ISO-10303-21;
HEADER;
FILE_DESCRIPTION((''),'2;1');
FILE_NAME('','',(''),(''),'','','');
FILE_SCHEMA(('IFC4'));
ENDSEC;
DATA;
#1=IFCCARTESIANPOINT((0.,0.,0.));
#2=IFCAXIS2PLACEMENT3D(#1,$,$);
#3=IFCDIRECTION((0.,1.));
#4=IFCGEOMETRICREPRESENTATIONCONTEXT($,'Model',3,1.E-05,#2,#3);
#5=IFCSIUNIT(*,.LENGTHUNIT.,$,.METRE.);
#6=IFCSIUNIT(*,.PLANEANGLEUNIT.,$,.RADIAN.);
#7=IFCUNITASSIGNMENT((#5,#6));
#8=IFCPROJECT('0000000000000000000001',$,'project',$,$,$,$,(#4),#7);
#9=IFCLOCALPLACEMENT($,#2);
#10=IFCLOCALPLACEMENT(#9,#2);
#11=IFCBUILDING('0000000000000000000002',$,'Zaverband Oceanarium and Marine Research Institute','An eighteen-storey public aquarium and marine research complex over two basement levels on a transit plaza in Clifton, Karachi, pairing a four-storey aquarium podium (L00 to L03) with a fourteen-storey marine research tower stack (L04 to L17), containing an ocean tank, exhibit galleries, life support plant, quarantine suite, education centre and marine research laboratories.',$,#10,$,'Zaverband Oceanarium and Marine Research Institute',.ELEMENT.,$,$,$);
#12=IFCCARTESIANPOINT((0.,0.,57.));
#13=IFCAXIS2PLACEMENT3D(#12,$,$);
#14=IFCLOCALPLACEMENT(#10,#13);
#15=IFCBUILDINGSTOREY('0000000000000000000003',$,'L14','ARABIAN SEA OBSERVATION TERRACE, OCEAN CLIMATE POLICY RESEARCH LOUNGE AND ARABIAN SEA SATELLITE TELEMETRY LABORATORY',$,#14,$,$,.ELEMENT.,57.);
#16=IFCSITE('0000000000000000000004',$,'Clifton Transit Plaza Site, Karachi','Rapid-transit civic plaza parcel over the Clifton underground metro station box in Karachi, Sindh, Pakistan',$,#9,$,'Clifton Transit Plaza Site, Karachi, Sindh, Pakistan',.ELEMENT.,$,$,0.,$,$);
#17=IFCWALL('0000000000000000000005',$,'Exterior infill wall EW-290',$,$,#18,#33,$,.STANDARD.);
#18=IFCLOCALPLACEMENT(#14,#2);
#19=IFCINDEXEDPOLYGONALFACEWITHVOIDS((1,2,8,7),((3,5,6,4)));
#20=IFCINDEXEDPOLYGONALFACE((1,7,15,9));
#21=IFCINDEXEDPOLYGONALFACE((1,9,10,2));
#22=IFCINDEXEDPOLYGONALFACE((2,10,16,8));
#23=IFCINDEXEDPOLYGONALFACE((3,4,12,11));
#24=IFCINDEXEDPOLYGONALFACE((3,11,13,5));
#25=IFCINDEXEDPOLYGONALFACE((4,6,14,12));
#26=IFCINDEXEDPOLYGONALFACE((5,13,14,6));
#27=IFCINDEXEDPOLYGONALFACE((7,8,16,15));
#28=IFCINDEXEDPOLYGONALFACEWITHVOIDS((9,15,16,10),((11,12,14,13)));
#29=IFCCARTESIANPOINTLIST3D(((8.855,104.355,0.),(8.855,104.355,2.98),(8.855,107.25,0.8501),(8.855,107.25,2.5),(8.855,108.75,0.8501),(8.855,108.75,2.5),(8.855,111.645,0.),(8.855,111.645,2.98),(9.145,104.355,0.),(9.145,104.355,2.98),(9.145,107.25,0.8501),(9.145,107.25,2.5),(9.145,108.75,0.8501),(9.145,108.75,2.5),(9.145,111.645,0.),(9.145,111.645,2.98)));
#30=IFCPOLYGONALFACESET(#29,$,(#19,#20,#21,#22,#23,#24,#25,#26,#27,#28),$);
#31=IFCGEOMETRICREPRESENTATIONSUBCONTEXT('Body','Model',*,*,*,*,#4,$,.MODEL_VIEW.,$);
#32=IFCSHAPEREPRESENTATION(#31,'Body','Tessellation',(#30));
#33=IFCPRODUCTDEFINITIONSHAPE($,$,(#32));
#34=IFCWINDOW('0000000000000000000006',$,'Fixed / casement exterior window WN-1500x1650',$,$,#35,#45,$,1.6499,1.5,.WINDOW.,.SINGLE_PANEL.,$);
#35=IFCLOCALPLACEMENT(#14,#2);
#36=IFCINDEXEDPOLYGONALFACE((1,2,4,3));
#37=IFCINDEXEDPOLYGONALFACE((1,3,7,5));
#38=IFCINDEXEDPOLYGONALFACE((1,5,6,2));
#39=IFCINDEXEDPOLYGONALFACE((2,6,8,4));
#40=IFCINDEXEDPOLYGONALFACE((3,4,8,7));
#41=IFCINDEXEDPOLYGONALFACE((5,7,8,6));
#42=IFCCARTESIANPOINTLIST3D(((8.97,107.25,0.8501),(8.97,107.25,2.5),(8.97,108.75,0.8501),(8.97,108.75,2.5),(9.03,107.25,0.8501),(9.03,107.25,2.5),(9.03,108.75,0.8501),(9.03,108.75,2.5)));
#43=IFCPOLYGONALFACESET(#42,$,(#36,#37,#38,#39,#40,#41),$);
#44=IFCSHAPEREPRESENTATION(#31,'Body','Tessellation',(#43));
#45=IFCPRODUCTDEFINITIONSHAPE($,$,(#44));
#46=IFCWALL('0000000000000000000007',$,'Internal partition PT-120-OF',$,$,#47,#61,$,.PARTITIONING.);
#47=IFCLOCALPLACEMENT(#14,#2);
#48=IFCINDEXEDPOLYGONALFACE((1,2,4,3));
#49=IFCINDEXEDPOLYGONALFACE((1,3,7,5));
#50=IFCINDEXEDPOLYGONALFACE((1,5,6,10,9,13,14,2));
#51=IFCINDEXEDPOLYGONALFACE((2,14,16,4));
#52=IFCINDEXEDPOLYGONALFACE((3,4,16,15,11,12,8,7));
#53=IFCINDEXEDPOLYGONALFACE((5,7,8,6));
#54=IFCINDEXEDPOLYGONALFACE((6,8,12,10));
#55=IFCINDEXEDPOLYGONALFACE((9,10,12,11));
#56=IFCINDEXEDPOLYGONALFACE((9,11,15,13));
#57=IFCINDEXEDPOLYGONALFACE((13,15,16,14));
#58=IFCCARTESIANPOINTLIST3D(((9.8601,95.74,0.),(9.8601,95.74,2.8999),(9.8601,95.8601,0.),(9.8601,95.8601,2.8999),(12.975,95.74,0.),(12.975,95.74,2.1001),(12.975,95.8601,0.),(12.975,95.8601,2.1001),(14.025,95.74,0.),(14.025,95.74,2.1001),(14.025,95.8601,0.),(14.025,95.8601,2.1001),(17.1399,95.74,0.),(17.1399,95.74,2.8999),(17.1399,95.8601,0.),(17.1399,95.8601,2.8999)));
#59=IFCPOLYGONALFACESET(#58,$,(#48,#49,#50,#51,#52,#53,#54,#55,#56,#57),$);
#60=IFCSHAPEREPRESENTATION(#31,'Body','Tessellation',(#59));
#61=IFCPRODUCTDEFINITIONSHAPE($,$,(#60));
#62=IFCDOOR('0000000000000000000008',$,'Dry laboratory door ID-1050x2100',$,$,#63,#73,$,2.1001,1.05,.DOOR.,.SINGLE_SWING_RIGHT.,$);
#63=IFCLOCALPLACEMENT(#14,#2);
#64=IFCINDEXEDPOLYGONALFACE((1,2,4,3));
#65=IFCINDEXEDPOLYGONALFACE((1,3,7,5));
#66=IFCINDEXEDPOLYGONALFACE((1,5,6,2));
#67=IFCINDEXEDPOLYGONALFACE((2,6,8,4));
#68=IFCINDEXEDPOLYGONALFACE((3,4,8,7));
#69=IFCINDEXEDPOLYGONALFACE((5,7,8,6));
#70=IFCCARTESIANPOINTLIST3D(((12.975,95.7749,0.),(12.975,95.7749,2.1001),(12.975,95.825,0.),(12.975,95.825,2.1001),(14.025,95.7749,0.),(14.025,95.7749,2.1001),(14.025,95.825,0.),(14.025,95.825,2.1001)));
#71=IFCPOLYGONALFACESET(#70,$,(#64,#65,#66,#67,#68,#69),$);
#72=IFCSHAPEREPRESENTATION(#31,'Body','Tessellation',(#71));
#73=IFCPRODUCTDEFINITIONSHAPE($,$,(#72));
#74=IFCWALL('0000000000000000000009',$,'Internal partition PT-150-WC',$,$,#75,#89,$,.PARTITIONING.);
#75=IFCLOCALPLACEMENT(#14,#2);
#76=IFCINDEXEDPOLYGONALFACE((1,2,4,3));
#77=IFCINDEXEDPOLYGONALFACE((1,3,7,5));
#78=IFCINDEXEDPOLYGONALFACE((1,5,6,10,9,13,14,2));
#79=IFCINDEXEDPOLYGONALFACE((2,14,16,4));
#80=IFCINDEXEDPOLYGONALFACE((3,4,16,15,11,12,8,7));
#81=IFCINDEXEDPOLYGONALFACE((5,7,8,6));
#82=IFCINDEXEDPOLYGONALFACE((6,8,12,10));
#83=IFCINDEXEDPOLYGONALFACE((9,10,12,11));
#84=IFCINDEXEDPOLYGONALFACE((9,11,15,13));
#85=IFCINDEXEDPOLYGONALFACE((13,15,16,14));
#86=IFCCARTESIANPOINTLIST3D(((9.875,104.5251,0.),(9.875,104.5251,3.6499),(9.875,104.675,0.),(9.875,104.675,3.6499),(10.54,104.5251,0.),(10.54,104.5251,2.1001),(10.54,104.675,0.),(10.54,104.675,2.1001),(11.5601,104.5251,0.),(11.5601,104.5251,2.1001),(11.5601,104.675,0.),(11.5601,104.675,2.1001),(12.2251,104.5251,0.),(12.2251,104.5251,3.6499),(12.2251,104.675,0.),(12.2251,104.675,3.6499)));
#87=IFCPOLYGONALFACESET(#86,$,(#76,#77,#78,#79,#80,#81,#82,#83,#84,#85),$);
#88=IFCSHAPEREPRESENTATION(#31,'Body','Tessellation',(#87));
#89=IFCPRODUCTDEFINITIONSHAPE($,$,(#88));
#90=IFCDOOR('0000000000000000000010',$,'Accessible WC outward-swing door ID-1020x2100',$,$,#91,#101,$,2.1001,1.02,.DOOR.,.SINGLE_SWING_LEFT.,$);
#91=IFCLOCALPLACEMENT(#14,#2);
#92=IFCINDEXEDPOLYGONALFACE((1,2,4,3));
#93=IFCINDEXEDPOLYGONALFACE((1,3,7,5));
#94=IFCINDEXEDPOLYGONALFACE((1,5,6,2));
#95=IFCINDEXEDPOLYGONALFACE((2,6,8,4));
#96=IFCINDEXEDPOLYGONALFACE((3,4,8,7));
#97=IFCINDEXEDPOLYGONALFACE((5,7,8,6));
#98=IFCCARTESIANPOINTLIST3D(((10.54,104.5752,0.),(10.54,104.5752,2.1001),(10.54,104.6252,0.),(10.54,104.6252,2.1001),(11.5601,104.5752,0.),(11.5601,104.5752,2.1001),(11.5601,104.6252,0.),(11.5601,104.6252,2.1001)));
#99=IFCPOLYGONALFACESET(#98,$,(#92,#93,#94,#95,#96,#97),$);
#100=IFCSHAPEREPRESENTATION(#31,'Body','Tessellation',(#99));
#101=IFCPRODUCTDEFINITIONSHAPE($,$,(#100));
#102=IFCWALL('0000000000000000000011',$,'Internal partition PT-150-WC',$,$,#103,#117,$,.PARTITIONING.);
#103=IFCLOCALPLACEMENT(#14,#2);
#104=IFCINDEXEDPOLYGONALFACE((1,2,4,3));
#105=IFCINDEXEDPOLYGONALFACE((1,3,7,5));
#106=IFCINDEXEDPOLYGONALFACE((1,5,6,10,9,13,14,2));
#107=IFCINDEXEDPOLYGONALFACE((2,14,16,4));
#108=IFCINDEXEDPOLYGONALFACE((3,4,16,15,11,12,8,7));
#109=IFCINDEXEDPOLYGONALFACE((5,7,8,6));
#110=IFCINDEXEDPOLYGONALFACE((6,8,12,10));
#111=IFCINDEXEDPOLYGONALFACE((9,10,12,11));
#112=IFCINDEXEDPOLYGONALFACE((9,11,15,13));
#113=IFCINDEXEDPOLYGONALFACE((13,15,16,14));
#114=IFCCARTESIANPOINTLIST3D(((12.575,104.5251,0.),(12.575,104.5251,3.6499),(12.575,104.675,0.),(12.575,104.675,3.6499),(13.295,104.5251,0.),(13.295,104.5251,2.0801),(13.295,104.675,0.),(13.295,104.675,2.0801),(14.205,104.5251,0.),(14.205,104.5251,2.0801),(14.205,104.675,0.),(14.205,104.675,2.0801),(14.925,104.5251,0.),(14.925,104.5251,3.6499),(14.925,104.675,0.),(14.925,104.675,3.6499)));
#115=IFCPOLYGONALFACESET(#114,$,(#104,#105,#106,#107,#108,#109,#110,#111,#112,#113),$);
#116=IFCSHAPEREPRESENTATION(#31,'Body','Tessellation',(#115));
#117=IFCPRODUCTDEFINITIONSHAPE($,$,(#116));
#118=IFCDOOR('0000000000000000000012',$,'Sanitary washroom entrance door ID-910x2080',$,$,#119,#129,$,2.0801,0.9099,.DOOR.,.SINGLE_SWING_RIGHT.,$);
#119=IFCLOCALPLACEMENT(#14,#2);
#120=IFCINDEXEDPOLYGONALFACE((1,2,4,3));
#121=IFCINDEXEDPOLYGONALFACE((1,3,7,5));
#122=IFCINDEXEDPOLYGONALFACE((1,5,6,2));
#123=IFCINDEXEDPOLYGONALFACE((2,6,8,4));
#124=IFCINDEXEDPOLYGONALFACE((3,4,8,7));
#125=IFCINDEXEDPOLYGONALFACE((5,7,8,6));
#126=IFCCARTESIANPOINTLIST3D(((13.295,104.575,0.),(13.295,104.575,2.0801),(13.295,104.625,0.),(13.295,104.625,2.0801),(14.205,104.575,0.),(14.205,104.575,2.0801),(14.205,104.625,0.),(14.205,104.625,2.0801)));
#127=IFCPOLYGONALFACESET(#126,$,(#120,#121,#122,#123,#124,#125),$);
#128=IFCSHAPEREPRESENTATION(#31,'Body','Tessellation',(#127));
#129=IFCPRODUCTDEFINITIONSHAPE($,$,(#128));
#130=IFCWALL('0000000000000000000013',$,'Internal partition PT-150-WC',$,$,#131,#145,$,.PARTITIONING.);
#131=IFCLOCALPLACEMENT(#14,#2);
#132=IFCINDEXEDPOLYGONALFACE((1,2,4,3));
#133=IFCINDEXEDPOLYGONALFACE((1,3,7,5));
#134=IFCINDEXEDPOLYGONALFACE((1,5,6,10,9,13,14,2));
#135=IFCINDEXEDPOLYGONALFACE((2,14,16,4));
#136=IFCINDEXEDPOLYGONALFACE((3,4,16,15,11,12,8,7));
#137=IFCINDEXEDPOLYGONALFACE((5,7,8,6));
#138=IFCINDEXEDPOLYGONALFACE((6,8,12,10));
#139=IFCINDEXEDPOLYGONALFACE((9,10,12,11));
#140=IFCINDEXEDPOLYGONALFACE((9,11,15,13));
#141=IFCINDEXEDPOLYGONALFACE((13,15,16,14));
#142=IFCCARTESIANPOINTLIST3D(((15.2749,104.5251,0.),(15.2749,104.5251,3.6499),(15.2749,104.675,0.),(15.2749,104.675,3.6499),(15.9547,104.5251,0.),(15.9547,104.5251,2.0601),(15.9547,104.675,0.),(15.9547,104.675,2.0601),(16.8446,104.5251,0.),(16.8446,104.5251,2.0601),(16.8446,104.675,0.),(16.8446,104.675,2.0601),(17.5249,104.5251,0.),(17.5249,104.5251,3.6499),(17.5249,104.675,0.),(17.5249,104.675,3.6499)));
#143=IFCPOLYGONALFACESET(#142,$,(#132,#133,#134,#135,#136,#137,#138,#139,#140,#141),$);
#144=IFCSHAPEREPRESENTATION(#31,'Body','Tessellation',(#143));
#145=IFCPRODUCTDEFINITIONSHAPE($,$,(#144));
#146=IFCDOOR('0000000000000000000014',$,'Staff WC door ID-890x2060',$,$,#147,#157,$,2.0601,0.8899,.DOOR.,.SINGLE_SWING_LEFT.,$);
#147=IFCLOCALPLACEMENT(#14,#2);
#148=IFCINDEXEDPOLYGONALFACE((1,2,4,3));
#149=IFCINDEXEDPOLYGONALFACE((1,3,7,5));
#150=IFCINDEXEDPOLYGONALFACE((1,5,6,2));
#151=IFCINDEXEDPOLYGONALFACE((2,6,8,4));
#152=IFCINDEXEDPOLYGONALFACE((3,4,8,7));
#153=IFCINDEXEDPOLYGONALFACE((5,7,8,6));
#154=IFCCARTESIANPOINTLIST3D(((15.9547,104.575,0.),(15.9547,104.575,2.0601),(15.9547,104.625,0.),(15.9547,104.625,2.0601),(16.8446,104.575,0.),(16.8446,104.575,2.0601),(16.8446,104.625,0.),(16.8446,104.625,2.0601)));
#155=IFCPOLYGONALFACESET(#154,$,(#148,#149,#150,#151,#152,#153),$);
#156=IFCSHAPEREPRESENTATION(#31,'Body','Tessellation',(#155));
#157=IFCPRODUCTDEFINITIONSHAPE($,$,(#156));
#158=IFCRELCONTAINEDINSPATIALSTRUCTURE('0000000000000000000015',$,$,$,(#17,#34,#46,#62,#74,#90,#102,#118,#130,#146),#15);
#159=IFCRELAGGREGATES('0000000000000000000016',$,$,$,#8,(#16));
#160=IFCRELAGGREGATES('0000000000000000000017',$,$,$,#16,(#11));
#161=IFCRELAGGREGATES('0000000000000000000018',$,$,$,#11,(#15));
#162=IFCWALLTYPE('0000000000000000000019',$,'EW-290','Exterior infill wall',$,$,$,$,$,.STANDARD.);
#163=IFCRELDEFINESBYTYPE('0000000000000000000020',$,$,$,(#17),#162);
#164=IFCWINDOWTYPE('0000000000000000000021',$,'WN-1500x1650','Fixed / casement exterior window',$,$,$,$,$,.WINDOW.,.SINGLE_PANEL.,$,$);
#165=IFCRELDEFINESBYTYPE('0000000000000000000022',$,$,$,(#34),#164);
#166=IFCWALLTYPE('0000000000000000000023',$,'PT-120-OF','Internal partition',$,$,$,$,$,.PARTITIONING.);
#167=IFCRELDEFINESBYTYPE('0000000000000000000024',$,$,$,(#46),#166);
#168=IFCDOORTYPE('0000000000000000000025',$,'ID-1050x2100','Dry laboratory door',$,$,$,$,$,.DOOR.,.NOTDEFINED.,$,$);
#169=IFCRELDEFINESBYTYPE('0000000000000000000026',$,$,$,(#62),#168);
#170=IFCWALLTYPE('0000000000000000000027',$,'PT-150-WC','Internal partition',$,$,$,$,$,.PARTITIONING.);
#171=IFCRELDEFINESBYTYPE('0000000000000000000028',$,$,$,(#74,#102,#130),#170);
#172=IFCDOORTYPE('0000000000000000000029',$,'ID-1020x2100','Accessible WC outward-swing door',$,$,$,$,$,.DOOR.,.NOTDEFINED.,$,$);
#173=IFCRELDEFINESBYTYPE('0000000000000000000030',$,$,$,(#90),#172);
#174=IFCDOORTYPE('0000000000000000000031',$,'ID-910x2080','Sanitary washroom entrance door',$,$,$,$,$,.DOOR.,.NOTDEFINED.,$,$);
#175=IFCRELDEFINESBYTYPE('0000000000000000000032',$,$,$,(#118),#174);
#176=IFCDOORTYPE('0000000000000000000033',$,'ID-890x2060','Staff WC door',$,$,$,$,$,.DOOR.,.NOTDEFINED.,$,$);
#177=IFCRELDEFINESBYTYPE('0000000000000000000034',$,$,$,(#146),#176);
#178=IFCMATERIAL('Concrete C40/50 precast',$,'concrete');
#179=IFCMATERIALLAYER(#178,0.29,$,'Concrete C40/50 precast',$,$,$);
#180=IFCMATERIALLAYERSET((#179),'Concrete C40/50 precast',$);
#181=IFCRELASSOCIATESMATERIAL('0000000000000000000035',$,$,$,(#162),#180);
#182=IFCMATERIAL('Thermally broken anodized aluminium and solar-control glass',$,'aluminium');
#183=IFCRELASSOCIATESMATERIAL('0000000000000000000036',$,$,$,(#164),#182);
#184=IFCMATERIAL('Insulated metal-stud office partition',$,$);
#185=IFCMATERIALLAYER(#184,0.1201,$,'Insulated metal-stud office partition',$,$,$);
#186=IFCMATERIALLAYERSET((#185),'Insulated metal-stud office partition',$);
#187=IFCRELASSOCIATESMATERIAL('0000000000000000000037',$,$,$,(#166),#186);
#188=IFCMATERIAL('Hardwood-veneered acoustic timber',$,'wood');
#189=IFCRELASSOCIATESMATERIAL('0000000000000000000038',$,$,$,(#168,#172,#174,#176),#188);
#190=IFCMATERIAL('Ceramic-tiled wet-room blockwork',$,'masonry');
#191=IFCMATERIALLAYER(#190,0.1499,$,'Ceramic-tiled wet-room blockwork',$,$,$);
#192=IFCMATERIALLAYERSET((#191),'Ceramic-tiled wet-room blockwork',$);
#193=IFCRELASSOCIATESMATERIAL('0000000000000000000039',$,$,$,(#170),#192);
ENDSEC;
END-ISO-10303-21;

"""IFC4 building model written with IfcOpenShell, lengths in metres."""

from ifc_helpers import new_model, si_unit, direction, frame, frame_2d, origin, place, context, subcontext, project, spatial, rectangle, extrude, material, layer, layer_set, type_object, element, fill, save


model = new_model("IFC4")

# Units and contexts
model_context = context("Model", 3, precision=1e-05, world=origin(), true_north=direction((0.0, 1.0)))
body_context = subcontext(model_context, "Body", "Model", "MODEL_VIEW")
ifc_project = project(units=[si_unit("LENGTHUNIT", "METRE"), si_unit("PLANEANGLEUNIT", "RADIAN")], contexts=[model_context])

# Site, building, storey
site_placement = place(None, origin())
site = spatial("IfcSite", under=ifc_project, at=site_placement, Name="Clifton Transit Plaza Site, Karachi", Description="Rapid-transit civic plaza parcel over the Clifton underground metro station box in Karachi, Sindh, Pakistan", LongName="Clifton Transit Plaza Site, Karachi, Sindh, Pakistan", CompositionType="ELEMENT", RefElevation=0.0)
building_placement = place(site_placement, origin())
building = spatial("IfcBuilding", under=site, at=building_placement, Name="Zaverband Oceanarium and Marine Research Institute", Description="An eighteen-storey public aquarium and marine research complex over two basement levels on a transit plaza in Clifton, Karachi, pairing a four-storey aquarium podium (L00 to L03) with a fourteen-storey marine research tower stack (L04 to L17), containing an ocean tank, exhibit galleries, life support plant, quarantine suite, education centre and marine research laboratories.", LongName="Zaverband Oceanarium and Marine Research Institute", CompositionType="ELEMENT")
storey_placement = place(building_placement, frame((0.0, 0.0, 57.0)))
storey = spatial("IfcBuildingStorey", under=building, at=storey_placement, Name="L14", Description="ARABIAN SEA OBSERVATION TERRACE, OCEAN CLIMATE POLICY RESEARCH LOUNGE AND ARABIAN SEA SATELLITE TELEMETRY LABORATORY", CompositionType="ELEMENT", Elevation=57.0)

# Wall, opening, window
ifc_material_1 = material(Name="Concrete C40/50 precast", Category="concrete")
ifc_layer_1 = layer(ifc_material_1, 0.29, Name="Concrete C40/50 precast")
ifc_layer_set_1 = layer_set([ifc_layer_1], Name="Concrete C40/50 precast")
wall_type_1 = type_object("IfcWallType", Name="EW-290", Description="Exterior infill wall", PredefinedType="STANDARD", material=ifc_layer_set_1)
wall_1_placement = place(storey_placement, frame((9.0, 104.355, 0.0), z_axis=(0.0, 0.0, 1.0), x_axis=(0.0, 1.0, 0.0)))
wall_1 = element("IfcWall", 1, at=wall_1_placement, inside=storey, type_object=wall_type_1, Name="Exterior infill wall EW-290", PredefinedType="STANDARD", context=body_context, shape_type="SweptSolid", body=[
    extrude(rectangle(XDim=7.29, YDim=0.29, at=frame_2d((3.645, 0.0))), origin(), (0.0, 0.0, 1.0), 2.98),
])
opening_1_placement = place(wall_1_placement, frame((2.895, 0.0, 0.8501)))
opening_1 = element("IfcOpeningElement", 2, at=opening_1_placement, cuts=wall_1, PredefinedType="OPENING", context=body_context, shape_type="SweptSolid", body=[
    extrude(rectangle(XDim=1.5, YDim=1.6499, at=frame_2d((0.75, 0.825))), frame((0.0, 0.157, 0.0), z_axis=(0.0, -1.0, 0.0), x_axis=(1.0, 0.0, 0.0)), (0.0, 0.0, 1.0), 0.314),
])
ifc_material_2 = material(Name="Thermally broken anodized aluminium and solar-control glass", Category="aluminium")
window_type = type_object("IfcWindowType", Name="WN-1500x1650", Description="Fixed / casement exterior window", PartitioningType="SINGLE_PANEL", PredefinedType="WINDOW", material=ifc_material_2)
window_placement = place(opening_1_placement, origin())
window = element("IfcWindow", 3, at=window_placement, inside=storey, type_object=window_type, Name="Fixed / casement exterior window WN-1500x1650", OverallHeight=1.6499, OverallWidth=1.5, PartitioningType="SINGLE_PANEL", PredefinedType="WINDOW", context=body_context, shape_type="SweptSolid", body=[
    extrude(rectangle(XDim=1.5, YDim=1.6499, at=frame_2d((0.75, 0.825))), frame((0.0, 0.03, 0.0), z_axis=(0.0, -1.0, 0.0), x_axis=(1.0, 0.0, 0.0)), (0.0, 0.0, 1.0), 0.0601),
])
fill(opening_1, window)

# Walls, openings, doors
ifc_material_3 = material(Name="Insulated metal-stud office partition")
ifc_layer_2 = layer(ifc_material_3, 0.1201, Name="Insulated metal-stud office partition")
ifc_layer_set_2 = layer_set([ifc_layer_2], Name="Insulated metal-stud office partition")
wall_type_2 = type_object("IfcWallType", Name="PT-120-OF", Description="Internal partition", PredefinedType="PARTITIONING", material=ifc_layer_set_2)
wall_2_placement = place(storey_placement, frame((9.8601, 95.8, 0.0), z_axis=(0.0, 0.0, 1.0), x_axis=(1.0, 0.0, 0.0)))
wall_2 = element("IfcWall", 4, at=wall_2_placement, inside=storey, type_object=wall_type_2, Name="Internal partition PT-120-OF", PredefinedType="PARTITIONING", context=body_context, shape_type="SweptSolid", body=[
    extrude(rectangle(XDim=7.2798, YDim=0.1201, at=frame_2d((3.6399, 0.0))), origin(), (0.0, 0.0, 1.0), 2.8999),
])
opening_2_placement = place(wall_2_placement, frame((3.115, 0.0, 0.0)))
opening_2 = element("IfcOpeningElement", 5, at=opening_2_placement, cuts=wall_2, PredefinedType="OPENING", context=body_context, shape_type="SweptSolid", body=[
    extrude(rectangle(XDim=1.05, YDim=2.1001, at=frame_2d((0.5249, 1.05))), frame((0.0, 0.072, 0.0), z_axis=(0.0, -1.0, 0.0), x_axis=(1.0, 0.0, 0.0)), (0.0, 0.0, 1.0), 0.144),
])
ifc_material_4 = material(Name="Hardwood-veneered acoustic timber", Category="wood")
door_type_1 = type_object("IfcDoorType", Name="ID-1050x2100", Description="Dry laboratory door", OperationType="NOTDEFINED", PredefinedType="DOOR", material=ifc_material_4)
door_1_placement = place(opening_2_placement, origin())
door_1 = element("IfcDoor", 6, at=door_1_placement, inside=storey, type_object=door_type_1, Name="Dry laboratory door ID-1050x2100", OperationType="SINGLE_SWING_RIGHT", OverallHeight=2.1001, OverallWidth=1.05, PredefinedType="DOOR", context=body_context, shape_type="SweptSolid", body=[
    extrude(rectangle(XDim=1.05, YDim=2.1001, at=frame_2d((0.5249, 1.05))), frame((0.0, 0.0249, 0.0), z_axis=(0.0, -1.0, 0.0), x_axis=(1.0, 0.0, 0.0)), (0.0, 0.0, 1.0), 0.05),
])
fill(opening_2, door_1)
ifc_material_5 = material(Name="Ceramic-tiled wet-room blockwork", Category="masonry")
ifc_layer_3 = layer(ifc_material_5, 0.1499, Name="Ceramic-tiled wet-room blockwork")
ifc_layer_set_3 = layer_set([ifc_layer_3], Name="Ceramic-tiled wet-room blockwork")
wall_type_3 = type_object("IfcWallType", Name="PT-150-WC", Description="Internal partition", PredefinedType="PARTITIONING", material=ifc_layer_set_3)
wall_3_placement = place(storey_placement, frame((9.875, 104.6001, 0.0), z_axis=(0.0, 0.0, 1.0), x_axis=(1.0, 0.0, 0.0)))
wall_3 = element("IfcWall", 7, at=wall_3_placement, inside=storey, type_object=wall_type_3, Name="Internal partition PT-150-WC", PredefinedType="PARTITIONING", context=body_context, shape_type="SweptSolid", body=[
    extrude(rectangle(XDim=2.3501, YDim=0.1499, at=frame_2d((1.175, 0.0))), origin(), (0.0, 0.0, 1.0), 3.6499),
])
opening_3_placement = place(wall_3_placement, frame((0.665, 0.0, 0.0)))
opening_3 = element("IfcOpeningElement", 8, at=opening_3_placement, cuts=wall_3, PredefinedType="OPENING", context=body_context, shape_type="SweptSolid", body=[
    extrude(rectangle(XDim=1.02, YDim=2.1001, at=frame_2d((0.51, 1.05))), frame((0.0, 0.0869, 0.0), z_axis=(0.0, -1.0, 0.0), x_axis=(1.0, 0.0, 0.0)), (0.0, 0.0, 1.0), 0.1738),
])
door_type_2 = type_object("IfcDoorType", Name="ID-1020x2100", Description="Accessible WC outward-swing door", OperationType="NOTDEFINED", PredefinedType="DOOR", material=ifc_material_4)
door_2_placement = place(opening_3_placement, frame((1.02, 0.0, 0.0), z_axis=(0.0, 0.0, 1.0), x_axis=(-1.0, 0.0, 0.0)))
door_2 = element("IfcDoor", 9, at=door_2_placement, inside=storey, type_object=door_type_2, Name="Accessible WC outward-swing door ID-1020x2100", OperationType="SINGLE_SWING_LEFT", OverallHeight=2.1001, OverallWidth=1.02, PredefinedType="DOOR", context=body_context, shape_type="SweptSolid", body=[
    extrude(rectangle(XDim=1.02, YDim=2.1001, at=frame_2d((0.51, 1.05))), frame((0.0, 0.0249, 0.0), z_axis=(0.0, -1.0, 0.0), x_axis=(1.0, 0.0, 0.0)), (0.0, 0.0, 1.0), 0.05),
])
fill(opening_3, door_2)
wall_4_placement = place(storey_placement, frame((12.575, 104.6001, 0.0), z_axis=(0.0, 0.0, 1.0), x_axis=(1.0, 0.0, 0.0)))
wall_4 = element("IfcWall", 10, at=wall_4_placement, inside=storey, type_object=wall_type_3, Name="Internal partition PT-150-WC", PredefinedType="PARTITIONING", context=body_context, shape_type="SweptSolid", body=[
    extrude(rectangle(XDim=2.3501, YDim=0.1499, at=frame_2d((1.175, 0.0))), origin(), (0.0, 0.0, 1.0), 3.6499),
])
opening_4_placement = place(wall_4_placement, frame((0.72, 0.0, 0.0)))
opening_4 = element("IfcOpeningElement", 11, at=opening_4_placement, cuts=wall_4, PredefinedType="OPENING", context=body_context, shape_type="SweptSolid", body=[
    extrude(rectangle(XDim=0.9099, YDim=2.0801, at=frame_2d((0.4551, 1.04))), frame((0.0, 0.0869, 0.0), z_axis=(0.0, -1.0, 0.0), x_axis=(1.0, 0.0, 0.0)), (0.0, 0.0, 1.0), 0.1738),
])
door_type_3 = type_object("IfcDoorType", Name="ID-910x2080", Description="Sanitary washroom entrance door", OperationType="NOTDEFINED", PredefinedType="DOOR", material=ifc_material_4)
door_3_placement = place(opening_4_placement, origin())
door_3 = element("IfcDoor", 12, at=door_3_placement, inside=storey, type_object=door_type_3, Name="Sanitary washroom entrance door ID-910x2080", OperationType="SINGLE_SWING_RIGHT", OverallHeight=2.0801, OverallWidth=0.9099, PredefinedType="DOOR", context=body_context, shape_type="SweptSolid", body=[
    extrude(rectangle(XDim=0.9099, YDim=2.0801, at=frame_2d((0.4551, 1.04))), frame((0.0, 0.0249, 0.0), z_axis=(0.0, -1.0, 0.0), x_axis=(1.0, 0.0, 0.0)), (0.0, 0.0, 1.0), 0.05),
])
fill(opening_4, door_3)
wall_5_placement = place(storey_placement, frame((15.2749, 104.6001, 0.0), z_axis=(0.0, 0.0, 1.0), x_axis=(1.0, 0.0, 0.0)))
wall_5 = element("IfcWall", 13, at=wall_5_placement, inside=storey, type_object=wall_type_3, Name="Internal partition PT-150-WC", PredefinedType="PARTITIONING", context=body_context, shape_type="SweptSolid", body=[
    extrude(rectangle(XDim=2.25, YDim=0.1499, at=frame_2d((1.125, 0.0))), origin(), (0.0, 0.0, 1.0), 3.6499),
])
opening_5_placement = place(wall_5_placement, frame((0.6799, 0.0, 0.0)))
opening_5 = element("IfcOpeningElement", 14, at=opening_5_placement, cuts=wall_5, PredefinedType="OPENING", context=body_context, shape_type="SweptSolid", body=[
    extrude(rectangle(XDim=0.8899, YDim=2.0601, at=frame_2d((0.4448, 1.03))), frame((0.0, 0.0869, 0.0), z_axis=(0.0, -1.0, 0.0), x_axis=(1.0, 0.0, 0.0)), (0.0, 0.0, 1.0), 0.1738),
])
door_type_4 = type_object("IfcDoorType", Name="ID-890x2060", Description="Staff WC door", OperationType="NOTDEFINED", PredefinedType="DOOR", material=ifc_material_4)
door_4_placement = place(opening_5_placement, origin())
door_4 = element("IfcDoor", 15, at=door_4_placement, inside=storey, type_object=door_type_4, Name="Staff WC door ID-890x2060", OperationType="SINGLE_SWING_LEFT", OverallHeight=2.0601, OverallWidth=0.8899, PredefinedType="DOOR", context=body_context, shape_type="SweptSolid", body=[
    extrude(rectangle(XDim=0.8899, YDim=2.0601, at=frame_2d((0.4448, 1.03))), frame((0.0, 0.0249, 0.0), z_axis=(0.0, -1.0, 0.0), x_axis=(1.0, 0.0, 0.0)), (0.0, 0.0, 1.0), 0.05),
])
fill(opening_5, door_4)

save(model, "model.ifc")
